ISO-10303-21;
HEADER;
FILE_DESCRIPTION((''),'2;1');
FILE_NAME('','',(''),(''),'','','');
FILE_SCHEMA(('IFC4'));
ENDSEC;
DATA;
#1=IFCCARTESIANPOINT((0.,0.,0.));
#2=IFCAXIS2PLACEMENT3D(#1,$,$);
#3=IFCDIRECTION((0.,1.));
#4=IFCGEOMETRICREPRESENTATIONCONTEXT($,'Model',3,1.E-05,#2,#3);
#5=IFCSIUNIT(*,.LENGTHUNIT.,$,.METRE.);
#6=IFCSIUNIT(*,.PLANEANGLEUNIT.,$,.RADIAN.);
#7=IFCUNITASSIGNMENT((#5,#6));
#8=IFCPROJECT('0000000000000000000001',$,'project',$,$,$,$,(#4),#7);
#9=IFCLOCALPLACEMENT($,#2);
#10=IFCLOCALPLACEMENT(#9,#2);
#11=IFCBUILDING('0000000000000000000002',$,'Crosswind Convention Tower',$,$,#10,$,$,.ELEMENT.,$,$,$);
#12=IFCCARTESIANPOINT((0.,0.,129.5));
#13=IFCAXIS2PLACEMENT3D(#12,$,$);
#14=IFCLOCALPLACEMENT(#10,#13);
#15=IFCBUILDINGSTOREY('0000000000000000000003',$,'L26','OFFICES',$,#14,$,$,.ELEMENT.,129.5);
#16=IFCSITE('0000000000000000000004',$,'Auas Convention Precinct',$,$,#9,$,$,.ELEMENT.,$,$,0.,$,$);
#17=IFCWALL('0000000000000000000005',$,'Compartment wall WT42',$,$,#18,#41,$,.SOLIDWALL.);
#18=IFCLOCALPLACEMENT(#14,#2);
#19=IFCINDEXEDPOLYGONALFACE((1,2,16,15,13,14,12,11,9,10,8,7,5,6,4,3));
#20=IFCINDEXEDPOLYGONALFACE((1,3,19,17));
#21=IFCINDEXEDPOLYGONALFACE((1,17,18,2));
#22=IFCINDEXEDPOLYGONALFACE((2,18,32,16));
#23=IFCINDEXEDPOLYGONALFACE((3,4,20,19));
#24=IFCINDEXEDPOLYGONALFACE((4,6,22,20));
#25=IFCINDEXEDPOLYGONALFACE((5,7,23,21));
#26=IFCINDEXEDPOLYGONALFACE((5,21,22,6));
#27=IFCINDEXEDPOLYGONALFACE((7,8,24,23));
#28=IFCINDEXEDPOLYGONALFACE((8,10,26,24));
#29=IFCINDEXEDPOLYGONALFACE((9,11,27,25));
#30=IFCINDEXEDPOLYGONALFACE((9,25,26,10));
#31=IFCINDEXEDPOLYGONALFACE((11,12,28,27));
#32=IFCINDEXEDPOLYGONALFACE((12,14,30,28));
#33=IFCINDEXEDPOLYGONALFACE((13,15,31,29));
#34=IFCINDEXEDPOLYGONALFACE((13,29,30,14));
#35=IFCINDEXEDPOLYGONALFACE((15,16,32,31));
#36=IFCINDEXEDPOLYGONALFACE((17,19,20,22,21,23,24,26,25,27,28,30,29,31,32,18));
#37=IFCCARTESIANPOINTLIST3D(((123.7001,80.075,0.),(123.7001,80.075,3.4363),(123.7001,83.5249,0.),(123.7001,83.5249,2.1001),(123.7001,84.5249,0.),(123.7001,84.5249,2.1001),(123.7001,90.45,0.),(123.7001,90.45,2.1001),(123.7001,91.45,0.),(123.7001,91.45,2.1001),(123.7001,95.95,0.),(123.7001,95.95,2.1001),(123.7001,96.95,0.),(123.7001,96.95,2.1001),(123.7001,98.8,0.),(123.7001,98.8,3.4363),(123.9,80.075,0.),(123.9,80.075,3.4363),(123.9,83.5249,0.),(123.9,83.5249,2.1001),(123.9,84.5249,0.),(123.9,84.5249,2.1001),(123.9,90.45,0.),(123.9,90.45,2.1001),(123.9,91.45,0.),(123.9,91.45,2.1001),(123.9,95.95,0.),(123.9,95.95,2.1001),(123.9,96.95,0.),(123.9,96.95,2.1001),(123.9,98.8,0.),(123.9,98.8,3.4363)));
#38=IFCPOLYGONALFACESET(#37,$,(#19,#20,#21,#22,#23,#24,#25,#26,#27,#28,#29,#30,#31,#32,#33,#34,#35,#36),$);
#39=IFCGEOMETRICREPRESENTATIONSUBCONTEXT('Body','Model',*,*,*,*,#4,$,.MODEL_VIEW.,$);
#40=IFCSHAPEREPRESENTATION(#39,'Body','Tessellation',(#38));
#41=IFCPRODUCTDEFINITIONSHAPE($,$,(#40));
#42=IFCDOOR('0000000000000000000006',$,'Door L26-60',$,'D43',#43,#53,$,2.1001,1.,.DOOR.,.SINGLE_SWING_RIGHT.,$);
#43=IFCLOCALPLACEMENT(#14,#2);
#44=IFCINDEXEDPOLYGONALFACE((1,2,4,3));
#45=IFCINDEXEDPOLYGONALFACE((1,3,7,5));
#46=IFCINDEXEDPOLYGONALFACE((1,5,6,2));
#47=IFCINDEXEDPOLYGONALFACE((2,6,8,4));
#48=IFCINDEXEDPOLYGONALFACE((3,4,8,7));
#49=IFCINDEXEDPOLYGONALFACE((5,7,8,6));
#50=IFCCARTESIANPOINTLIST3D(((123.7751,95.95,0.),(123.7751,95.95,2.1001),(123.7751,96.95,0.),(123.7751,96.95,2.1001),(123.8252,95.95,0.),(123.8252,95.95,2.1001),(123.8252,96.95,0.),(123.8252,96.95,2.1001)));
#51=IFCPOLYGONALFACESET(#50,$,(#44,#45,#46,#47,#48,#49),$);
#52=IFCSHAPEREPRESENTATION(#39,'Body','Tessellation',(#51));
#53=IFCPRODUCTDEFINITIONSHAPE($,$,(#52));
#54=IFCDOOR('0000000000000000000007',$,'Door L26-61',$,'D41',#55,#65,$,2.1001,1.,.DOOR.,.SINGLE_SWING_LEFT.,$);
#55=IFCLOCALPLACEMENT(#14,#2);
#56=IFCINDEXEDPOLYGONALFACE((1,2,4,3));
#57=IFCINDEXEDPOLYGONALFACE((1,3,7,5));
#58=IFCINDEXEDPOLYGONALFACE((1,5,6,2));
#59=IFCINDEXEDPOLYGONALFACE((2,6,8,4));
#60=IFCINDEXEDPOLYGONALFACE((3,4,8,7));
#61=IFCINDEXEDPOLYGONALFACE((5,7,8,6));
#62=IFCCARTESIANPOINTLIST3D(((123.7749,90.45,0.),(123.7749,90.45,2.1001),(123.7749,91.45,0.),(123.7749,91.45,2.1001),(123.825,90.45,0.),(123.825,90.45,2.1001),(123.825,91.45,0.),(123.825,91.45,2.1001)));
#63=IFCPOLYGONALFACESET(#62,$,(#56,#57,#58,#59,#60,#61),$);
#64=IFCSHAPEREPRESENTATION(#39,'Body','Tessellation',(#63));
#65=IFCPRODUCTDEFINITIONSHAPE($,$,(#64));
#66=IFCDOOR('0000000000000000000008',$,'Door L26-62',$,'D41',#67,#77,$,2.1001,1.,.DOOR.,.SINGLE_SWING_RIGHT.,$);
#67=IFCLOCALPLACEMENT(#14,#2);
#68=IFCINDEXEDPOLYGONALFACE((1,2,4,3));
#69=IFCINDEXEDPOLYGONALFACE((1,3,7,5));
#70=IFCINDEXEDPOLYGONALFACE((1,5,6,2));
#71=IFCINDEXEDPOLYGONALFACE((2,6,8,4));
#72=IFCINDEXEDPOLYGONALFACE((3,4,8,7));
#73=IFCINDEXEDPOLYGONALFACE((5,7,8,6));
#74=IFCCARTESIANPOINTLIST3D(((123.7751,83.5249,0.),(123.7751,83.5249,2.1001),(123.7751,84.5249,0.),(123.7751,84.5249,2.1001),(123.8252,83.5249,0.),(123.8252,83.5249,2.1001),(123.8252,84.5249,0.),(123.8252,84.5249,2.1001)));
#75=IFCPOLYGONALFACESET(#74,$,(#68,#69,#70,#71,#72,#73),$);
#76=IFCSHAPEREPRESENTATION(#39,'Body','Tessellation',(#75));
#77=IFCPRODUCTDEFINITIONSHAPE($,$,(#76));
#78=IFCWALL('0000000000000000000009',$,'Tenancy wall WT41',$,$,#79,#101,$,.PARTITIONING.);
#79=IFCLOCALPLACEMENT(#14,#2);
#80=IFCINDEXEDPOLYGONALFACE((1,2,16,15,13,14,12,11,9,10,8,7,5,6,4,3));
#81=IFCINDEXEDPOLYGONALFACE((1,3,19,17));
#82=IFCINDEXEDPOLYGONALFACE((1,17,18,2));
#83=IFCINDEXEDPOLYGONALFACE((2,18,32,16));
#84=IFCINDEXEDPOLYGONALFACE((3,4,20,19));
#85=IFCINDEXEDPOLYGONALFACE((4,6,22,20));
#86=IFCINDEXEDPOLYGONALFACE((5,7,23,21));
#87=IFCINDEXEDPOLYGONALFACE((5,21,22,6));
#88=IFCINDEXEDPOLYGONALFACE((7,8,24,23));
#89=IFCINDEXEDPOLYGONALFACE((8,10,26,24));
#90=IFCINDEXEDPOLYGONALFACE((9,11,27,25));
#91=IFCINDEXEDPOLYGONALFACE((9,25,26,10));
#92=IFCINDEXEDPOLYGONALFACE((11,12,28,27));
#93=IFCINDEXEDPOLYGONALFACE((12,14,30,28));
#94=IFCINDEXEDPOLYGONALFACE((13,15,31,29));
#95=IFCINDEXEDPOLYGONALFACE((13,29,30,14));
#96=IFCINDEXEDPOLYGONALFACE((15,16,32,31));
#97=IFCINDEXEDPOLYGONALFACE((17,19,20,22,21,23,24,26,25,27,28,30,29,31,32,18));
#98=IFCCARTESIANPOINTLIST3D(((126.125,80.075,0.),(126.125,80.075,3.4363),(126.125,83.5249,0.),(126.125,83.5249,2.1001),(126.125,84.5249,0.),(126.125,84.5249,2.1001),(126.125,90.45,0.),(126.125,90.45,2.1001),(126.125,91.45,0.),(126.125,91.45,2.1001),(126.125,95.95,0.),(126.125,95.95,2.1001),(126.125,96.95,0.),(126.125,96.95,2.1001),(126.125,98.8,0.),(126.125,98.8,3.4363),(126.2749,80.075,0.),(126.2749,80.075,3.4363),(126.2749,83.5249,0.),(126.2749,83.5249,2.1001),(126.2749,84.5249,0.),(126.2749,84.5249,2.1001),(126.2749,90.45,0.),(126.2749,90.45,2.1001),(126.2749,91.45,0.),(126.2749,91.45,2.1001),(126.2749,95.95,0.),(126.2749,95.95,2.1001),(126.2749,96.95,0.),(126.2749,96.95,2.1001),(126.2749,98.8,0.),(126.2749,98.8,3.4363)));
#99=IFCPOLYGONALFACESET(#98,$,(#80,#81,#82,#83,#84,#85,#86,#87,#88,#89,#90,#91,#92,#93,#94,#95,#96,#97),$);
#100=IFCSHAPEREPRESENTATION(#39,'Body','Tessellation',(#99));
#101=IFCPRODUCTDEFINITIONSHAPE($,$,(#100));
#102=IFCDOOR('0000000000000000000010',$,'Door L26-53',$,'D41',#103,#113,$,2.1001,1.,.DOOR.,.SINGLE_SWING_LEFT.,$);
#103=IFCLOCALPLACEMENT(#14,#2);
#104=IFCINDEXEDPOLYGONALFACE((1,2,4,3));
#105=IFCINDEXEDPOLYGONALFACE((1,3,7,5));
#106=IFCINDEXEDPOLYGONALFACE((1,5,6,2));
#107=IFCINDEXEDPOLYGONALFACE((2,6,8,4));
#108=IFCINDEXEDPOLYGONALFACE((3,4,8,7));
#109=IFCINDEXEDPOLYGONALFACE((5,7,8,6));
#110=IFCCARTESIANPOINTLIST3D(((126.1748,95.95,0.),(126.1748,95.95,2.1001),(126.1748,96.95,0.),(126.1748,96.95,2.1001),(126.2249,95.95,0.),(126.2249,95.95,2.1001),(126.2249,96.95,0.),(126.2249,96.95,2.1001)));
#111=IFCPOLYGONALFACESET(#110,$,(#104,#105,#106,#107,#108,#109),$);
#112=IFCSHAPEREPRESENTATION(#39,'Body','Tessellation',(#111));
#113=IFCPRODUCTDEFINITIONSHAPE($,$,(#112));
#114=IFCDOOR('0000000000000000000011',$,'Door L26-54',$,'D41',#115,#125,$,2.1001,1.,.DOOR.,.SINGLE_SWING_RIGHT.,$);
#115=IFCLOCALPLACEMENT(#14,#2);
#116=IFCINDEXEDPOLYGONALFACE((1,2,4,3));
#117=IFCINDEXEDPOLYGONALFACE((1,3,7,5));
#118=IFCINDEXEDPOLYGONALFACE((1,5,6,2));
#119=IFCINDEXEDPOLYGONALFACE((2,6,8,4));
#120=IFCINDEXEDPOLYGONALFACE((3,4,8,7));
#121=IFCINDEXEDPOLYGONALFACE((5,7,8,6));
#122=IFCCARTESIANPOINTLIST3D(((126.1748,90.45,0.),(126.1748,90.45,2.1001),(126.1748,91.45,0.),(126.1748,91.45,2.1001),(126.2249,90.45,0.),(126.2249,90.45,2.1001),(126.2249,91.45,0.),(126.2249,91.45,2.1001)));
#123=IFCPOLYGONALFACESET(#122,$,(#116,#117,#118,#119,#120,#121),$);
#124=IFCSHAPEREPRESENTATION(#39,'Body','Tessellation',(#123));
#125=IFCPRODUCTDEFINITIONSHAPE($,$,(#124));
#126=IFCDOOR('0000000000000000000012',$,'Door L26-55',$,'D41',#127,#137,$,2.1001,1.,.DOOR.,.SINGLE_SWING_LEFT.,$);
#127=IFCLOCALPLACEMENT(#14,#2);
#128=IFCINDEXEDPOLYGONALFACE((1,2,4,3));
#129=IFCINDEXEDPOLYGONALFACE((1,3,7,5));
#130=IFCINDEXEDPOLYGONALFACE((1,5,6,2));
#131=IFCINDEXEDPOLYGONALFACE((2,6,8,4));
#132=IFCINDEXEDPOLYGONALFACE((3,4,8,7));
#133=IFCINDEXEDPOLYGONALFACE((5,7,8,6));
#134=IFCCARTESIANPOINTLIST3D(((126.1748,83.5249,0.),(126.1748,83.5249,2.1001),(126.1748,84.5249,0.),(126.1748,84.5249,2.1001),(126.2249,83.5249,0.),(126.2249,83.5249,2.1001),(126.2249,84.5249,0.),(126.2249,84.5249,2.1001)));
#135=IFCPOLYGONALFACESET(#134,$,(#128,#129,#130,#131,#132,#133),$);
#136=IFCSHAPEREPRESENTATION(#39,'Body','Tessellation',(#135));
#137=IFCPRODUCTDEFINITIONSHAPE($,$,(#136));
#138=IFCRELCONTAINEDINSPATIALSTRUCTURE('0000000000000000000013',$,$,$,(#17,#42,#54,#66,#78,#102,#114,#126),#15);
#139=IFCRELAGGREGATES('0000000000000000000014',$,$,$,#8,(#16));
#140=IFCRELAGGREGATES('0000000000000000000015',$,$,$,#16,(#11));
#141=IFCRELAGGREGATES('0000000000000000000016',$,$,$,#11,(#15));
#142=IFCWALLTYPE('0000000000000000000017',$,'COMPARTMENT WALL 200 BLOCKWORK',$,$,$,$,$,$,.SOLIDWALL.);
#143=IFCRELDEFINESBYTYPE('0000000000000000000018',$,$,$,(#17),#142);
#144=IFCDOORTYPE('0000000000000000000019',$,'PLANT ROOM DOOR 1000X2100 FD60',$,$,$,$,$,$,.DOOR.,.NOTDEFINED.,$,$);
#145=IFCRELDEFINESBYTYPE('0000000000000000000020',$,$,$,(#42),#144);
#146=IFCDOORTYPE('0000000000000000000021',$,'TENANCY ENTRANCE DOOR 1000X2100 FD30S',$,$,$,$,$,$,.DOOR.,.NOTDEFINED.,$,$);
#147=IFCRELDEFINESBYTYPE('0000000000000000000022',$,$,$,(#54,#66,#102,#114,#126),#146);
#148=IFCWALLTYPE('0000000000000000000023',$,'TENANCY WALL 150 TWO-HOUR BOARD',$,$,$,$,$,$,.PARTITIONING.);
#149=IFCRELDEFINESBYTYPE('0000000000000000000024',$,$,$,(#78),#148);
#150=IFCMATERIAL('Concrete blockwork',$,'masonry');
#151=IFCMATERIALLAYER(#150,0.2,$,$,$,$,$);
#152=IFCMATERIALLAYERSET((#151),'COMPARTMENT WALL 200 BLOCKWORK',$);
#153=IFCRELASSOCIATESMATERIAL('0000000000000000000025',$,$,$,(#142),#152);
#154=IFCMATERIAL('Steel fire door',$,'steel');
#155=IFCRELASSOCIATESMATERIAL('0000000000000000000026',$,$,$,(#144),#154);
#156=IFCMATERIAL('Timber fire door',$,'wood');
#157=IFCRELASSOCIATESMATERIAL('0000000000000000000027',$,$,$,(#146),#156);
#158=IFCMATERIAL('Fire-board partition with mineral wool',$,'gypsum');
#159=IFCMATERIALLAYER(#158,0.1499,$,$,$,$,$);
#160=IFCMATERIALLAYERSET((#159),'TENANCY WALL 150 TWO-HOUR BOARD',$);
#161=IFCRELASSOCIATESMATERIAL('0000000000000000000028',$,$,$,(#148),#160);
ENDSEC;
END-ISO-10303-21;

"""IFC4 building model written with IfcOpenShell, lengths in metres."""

from ifc_helpers import new_model, si_unit, direction, frame, frame_2d, origin, place, context, subcontext, project, spatial, rectangle, extrude, material, layer, layer_set, type_object, element, fill, save


model = new_model("IFC4")

# Units and contexts
model_context = context("Model", 3, precision=1e-05, world=origin(), true_north=direction((0.0, 1.0)))
body_context = subcontext(model_context, "Body", "Model", "MODEL_VIEW")
ifc_project = project(units=[si_unit("LENGTHUNIT", "METRE"), si_unit("PLANEANGLEUNIT", "RADIAN")], contexts=[model_context])

# Site, building, storey
site_placement = place(None, origin())
site = spatial("IfcSite", under=ifc_project, at=site_placement, Name="Auas Convention Precinct", CompositionType="ELEMENT", RefElevation=0.0)
building_placement = place(site_placement, origin())
building = spatial("IfcBuilding", under=site, at=building_placement, Name="Crosswind Convention Tower", CompositionType="ELEMENT")
storey_placement = place(building_placement, frame((0.0, 0.0, 129.5)))
storey = spatial("IfcBuildingStorey", under=building, at=storey_placement, Name="L26", Description="OFFICES", CompositionType="ELEMENT", Elevation=129.5)

# Walls, openings, doors
ifc_material_1 = material(Name="Concrete blockwork", Category="masonry")
ifc_layer_1 = layer(ifc_material_1, 0.2)
ifc_layer_set_1 = layer_set([ifc_layer_1], Name="COMPARTMENT WALL 200 BLOCKWORK")
wall_type_1 = type_object("IfcWallType", Name="COMPARTMENT WALL 200 BLOCKWORK", PredefinedType="SOLIDWALL", material=ifc_layer_set_1)
wall_1_placement = place(storey_placement, frame((123.8, 80.075, 0.0), z_axis=(0.0, 0.0, 1.0), x_axis=(0.0, 1.0, 0.0)))
wall_1 = element("IfcWall", 1, at=wall_1_placement, inside=storey, type_object=wall_type_1, Name="Compartment wall WT42", PredefinedType="SOLIDWALL", context=body_context, shape_type="SweptSolid", body=[
    extrude(rectangle(XDim=18.7251, YDim=0.2, at=frame_2d((9.3625, 0.0))), origin(), (0.0, 0.0, 1.0), 3.4363),
])
opening_1_placement = place(wall_1_placement, frame((15.875, 0.0, 0.0)))
opening_1 = element("IfcOpeningElement", 2, at=opening_1_placement, cuts=wall_1, PredefinedType="OPENING", context=body_context, shape_type="SweptSolid", body=[
    extrude(rectangle(XDim=1.0, YDim=2.1001, at=frame_2d((0.5, 1.05))), frame((0.0, 0.1099, 0.0), z_axis=(0.0, -1.0, 0.0), x_axis=(1.0, 0.0, 0.0)), (0.0, 0.0, 1.0), 0.22),
])
opening_2_placement = place(wall_1_placement, frame((10.375, 0.0, 0.0)))
opening_2 = element("IfcOpeningElement", 3, at=opening_2_placement, cuts=wall_1, PredefinedType="OPENING", context=body_context, shape_type="SweptSolid", body=[
    extrude(rectangle(XDim=1.0, YDim=2.1001, at=frame_2d((0.5, 1.05))), frame((0.0, 0.1099, 0.0), z_axis=(0.0, -1.0, 0.0), x_axis=(1.0, 0.0, 0.0)), (0.0, 0.0, 1.0), 0.22),
])
opening_3_placement = place(wall_1_placement, frame((3.45, 0.0, 0.0)))
opening_3 = element("IfcOpeningElement", 4, at=opening_3_placement, cuts=wall_1, PredefinedType="OPENING", context=body_context, shape_type="SweptSolid", body=[
    extrude(rectangle(XDim=1.0, YDim=2.1001, at=frame_2d((0.5, 1.05))), frame((0.0, 0.1099, 0.0), z_axis=(0.0, -1.0, 0.0), x_axis=(1.0, 0.0, 0.0)), (0.0, 0.0, 1.0), 0.22),
])
ifc_material_2 = material(Name="Steel fire door", Category="steel")
door_type_1 = type_object("IfcDoorType", Name="PLANT ROOM DOOR 1000X2100 FD60", OperationType="NOTDEFINED", PredefinedType="DOOR", material=ifc_material_2)
door_1_placement = place(opening_1_placement, origin())
door_1 = element("IfcDoor", 5, at=door_1_placement, inside=storey, type_object=door_type_1, Name="Door L26-60", ObjectType="D43", OperationType="SINGLE_SWING_RIGHT", OverallHeight=2.1001, OverallWidth=1.0, PredefinedType="DOOR", context=body_context, shape_type="SweptSolid", body=[
    extrude(rectangle(XDim=1.0, YDim=2.1001, at=frame_2d((0.5, 1.05))), frame((0.0, 0.0249, 0.0), z_axis=(0.0, -1.0, 0.0), x_axis=(1.0, 0.0, 0.0)), (0.0, 0.0, 1.0), 0.05),
])
fill(opening_1, door_1)
ifc_material_3 = material(Name="Timber fire door", Category="wood")
door_type_2 = type_object("IfcDoorType", Name="TENANCY ENTRANCE DOOR 1000X2100 FD30S", OperationType="NOTDEFINED", PredefinedType="DOOR", material=ifc_material_3)
door_2_placement = place(opening_2_placement, frame((1.0, 0.0, 0.0), z_axis=(0.0, 0.0, 1.0), x_axis=(-1.0, 0.0, 0.0)))
door_2 = element("IfcDoor", 6, at=door_2_placement, inside=storey, type_object=door_type_2, Name="Door L26-61", ObjectType="D41", OperationType="SINGLE_SWING_LEFT", OverallHeight=2.1001, OverallWidth=1.0, PredefinedType="DOOR", context=body_context, shape_type="SweptSolid", body=[
    extrude(rectangle(XDim=1.0, YDim=2.1001, at=frame_2d((0.5, 1.05))), frame((0.0, 0.0249, 0.0), z_axis=(0.0, -1.0, 0.0), x_axis=(1.0, 0.0, 0.0)), (0.0, 0.0, 1.0), 0.05),
])
fill(opening_2, door_2)
door_3_placement = place(opening_3_placement, origin())
door_3 = element("IfcDoor", 7, at=door_3_placement, inside=storey, type_object=door_type_2, Name="Door L26-62", ObjectType="D41", OperationType="SINGLE_SWING_RIGHT", OverallHeight=2.1001, OverallWidth=1.0, PredefinedType="DOOR", context=body_context, shape_type="SweptSolid", body=[
    extrude(rectangle(XDim=1.0, YDim=2.1001, at=frame_2d((0.5, 1.05))), frame((0.0, 0.0249, 0.0), z_axis=(0.0, -1.0, 0.0), x_axis=(1.0, 0.0, 0.0)), (0.0, 0.0, 1.0), 0.05),
])
fill(opening_3, door_3)
ifc_material_4 = material(Name="Fire-board partition with mineral wool", Category="gypsum")
ifc_layer_2 = layer(ifc_material_4, 0.1499)
ifc_layer_set_2 = layer_set([ifc_layer_2], Name="TENANCY WALL 150 TWO-HOUR BOARD")
wall_type_2 = type_object("IfcWallType", Name="TENANCY WALL 150 TWO-HOUR BOARD", PredefinedType="PARTITIONING", material=ifc_layer_set_2)
wall_2_placement = place(storey_placement, frame((126.2, 80.075, 0.0), z_axis=(0.0, 0.0, 1.0), x_axis=(0.0, 1.0, 0.0)))
wall_2 = element("IfcWall", 8, at=wall_2_placement, inside=storey, type_object=wall_type_2, Name="Tenancy wall WT41", PredefinedType="PARTITIONING", context=body_context, shape_type="SweptSolid", body=[
    extrude(rectangle(XDim=18.7251, YDim=0.1499, at=frame_2d((9.3625, 0.0))), origin(), (0.0, 0.0, 1.0), 3.4363),
])
opening_4_placement = place(wall_2_placement, frame((15.875, 0.0, 0.0)))
opening_4 = element("IfcOpeningElement", 9, at=opening_4_placement, cuts=wall_2, PredefinedType="OPENING", context=body_context, shape_type="SweptSolid", body=[
    extrude(rectangle(XDim=1.0, YDim=2.1001, at=frame_2d((0.5, 1.05))), frame((0.0, 0.085, 0.0), z_axis=(0.0, -1.0, 0.0), x_axis=(1.0, 0.0, 0.0)), (0.0, 0.0, 1.0), 0.1699),
])
opening_5_placement = place(wall_2_placement, frame((10.375, 0.0, 0.0)))
opening_5 = element("IfcOpeningElement", 10, at=opening_5_placement, cuts=wall_2, PredefinedType="OPENING", context=body_context, shape_type="SweptSolid", body=[
    extrude(rectangle(XDim=1.0, YDim=2.1001, at=frame_2d((0.5, 1.05))), frame((0.0, 0.085, 0.0), z_axis=(0.0, -1.0, 0.0), x_axis=(1.0, 0.0, 0.0)), (0.0, 0.0, 1.0), 0.1699),
])
opening_6_placement = place(wall_2_placement, frame((3.45, 0.0, 0.0)))
opening_6 = element("IfcOpeningElement", 11, at=opening_6_placement, cuts=wall_2, PredefinedType="OPENING", context=body_context, shape_type="SweptSolid", body=[
    extrude(rectangle(XDim=1.0, YDim=2.1001, at=frame_2d((0.5, 1.05))), frame((0.0, 0.085, 0.0), z_axis=(0.0, -1.0, 0.0), x_axis=(1.0, 0.0, 0.0)), (0.0, 0.0, 1.0), 0.1699),
])
door_4_placement = place(opening_4_placement, frame((1.0, 0.0, 0.0), z_axis=(0.0, 0.0, 1.0), x_axis=(-1.0, 0.0, 0.0)))
door_4 = element("IfcDoor", 12, at=door_4_placement, inside=storey, type_object=door_type_2, Name="Door L26-53", ObjectType="D41", OperationType="SINGLE_SWING_LEFT", OverallHeight=2.1001, OverallWidth=1.0, PredefinedType="DOOR", context=body_context, shape_type="SweptSolid", body=[
    extrude(rectangle(XDim=1.0, YDim=2.1001, at=frame_2d((0.5, 1.05))), frame((0.0, 0.0249, 0.0), z_axis=(0.0, -1.0, 0.0), x_axis=(1.0, 0.0, 0.0)), (0.0, 0.0, 1.0), 0.05),
])
fill(opening_4, door_4)
door_5_placement = place(opening_5_placement, frame((1.0, 0.0, 0.0), z_axis=(0.0, 0.0, 1.0), x_axis=(-1.0, 0.0, 0.0)))
door_5 = element("IfcDoor", 13, at=door_5_placement, inside=storey, type_object=door_type_2, Name="Door L26-54", ObjectType="D41", OperationType="SINGLE_SWING_RIGHT", OverallHeight=2.1001, OverallWidth=1.0, PredefinedType="DOOR", context=body_context, shape_type="SweptSolid", body=[
    extrude(rectangle(XDim=1.0, YDim=2.1001, at=frame_2d((0.5, 1.05))), frame((0.0, 0.0249, 0.0), z_axis=(0.0, -1.0, 0.0), x_axis=(1.0, 0.0, 0.0)), (0.0, 0.0, 1.0), 0.05),
])
fill(opening_5, door_5)
door_6_placement = place(opening_6_placement, frame((1.0, 0.0, 0.0), z_axis=(0.0, 0.0, 1.0), x_axis=(-1.0, 0.0, 0.0)))
door_6 = element("IfcDoor", 14, at=door_6_placement, inside=storey, type_object=door_type_2, Name="Door L26-55", ObjectType="D41", OperationType="SINGLE_SWING_LEFT", OverallHeight=2.1001, OverallWidth=1.0, PredefinedType="DOOR", context=body_context, shape_type="SweptSolid", body=[
    extrude(rectangle(XDim=1.0, YDim=2.1001, at=frame_2d((0.5, 1.05))), frame((0.0, 0.0249, 0.0), z_axis=(0.0, -1.0, 0.0), x_axis=(1.0, 0.0, 0.0)), (0.0, 0.0, 1.0), 0.05),
])
fill(opening_6, door_6)

save(model, "model.ifc")
